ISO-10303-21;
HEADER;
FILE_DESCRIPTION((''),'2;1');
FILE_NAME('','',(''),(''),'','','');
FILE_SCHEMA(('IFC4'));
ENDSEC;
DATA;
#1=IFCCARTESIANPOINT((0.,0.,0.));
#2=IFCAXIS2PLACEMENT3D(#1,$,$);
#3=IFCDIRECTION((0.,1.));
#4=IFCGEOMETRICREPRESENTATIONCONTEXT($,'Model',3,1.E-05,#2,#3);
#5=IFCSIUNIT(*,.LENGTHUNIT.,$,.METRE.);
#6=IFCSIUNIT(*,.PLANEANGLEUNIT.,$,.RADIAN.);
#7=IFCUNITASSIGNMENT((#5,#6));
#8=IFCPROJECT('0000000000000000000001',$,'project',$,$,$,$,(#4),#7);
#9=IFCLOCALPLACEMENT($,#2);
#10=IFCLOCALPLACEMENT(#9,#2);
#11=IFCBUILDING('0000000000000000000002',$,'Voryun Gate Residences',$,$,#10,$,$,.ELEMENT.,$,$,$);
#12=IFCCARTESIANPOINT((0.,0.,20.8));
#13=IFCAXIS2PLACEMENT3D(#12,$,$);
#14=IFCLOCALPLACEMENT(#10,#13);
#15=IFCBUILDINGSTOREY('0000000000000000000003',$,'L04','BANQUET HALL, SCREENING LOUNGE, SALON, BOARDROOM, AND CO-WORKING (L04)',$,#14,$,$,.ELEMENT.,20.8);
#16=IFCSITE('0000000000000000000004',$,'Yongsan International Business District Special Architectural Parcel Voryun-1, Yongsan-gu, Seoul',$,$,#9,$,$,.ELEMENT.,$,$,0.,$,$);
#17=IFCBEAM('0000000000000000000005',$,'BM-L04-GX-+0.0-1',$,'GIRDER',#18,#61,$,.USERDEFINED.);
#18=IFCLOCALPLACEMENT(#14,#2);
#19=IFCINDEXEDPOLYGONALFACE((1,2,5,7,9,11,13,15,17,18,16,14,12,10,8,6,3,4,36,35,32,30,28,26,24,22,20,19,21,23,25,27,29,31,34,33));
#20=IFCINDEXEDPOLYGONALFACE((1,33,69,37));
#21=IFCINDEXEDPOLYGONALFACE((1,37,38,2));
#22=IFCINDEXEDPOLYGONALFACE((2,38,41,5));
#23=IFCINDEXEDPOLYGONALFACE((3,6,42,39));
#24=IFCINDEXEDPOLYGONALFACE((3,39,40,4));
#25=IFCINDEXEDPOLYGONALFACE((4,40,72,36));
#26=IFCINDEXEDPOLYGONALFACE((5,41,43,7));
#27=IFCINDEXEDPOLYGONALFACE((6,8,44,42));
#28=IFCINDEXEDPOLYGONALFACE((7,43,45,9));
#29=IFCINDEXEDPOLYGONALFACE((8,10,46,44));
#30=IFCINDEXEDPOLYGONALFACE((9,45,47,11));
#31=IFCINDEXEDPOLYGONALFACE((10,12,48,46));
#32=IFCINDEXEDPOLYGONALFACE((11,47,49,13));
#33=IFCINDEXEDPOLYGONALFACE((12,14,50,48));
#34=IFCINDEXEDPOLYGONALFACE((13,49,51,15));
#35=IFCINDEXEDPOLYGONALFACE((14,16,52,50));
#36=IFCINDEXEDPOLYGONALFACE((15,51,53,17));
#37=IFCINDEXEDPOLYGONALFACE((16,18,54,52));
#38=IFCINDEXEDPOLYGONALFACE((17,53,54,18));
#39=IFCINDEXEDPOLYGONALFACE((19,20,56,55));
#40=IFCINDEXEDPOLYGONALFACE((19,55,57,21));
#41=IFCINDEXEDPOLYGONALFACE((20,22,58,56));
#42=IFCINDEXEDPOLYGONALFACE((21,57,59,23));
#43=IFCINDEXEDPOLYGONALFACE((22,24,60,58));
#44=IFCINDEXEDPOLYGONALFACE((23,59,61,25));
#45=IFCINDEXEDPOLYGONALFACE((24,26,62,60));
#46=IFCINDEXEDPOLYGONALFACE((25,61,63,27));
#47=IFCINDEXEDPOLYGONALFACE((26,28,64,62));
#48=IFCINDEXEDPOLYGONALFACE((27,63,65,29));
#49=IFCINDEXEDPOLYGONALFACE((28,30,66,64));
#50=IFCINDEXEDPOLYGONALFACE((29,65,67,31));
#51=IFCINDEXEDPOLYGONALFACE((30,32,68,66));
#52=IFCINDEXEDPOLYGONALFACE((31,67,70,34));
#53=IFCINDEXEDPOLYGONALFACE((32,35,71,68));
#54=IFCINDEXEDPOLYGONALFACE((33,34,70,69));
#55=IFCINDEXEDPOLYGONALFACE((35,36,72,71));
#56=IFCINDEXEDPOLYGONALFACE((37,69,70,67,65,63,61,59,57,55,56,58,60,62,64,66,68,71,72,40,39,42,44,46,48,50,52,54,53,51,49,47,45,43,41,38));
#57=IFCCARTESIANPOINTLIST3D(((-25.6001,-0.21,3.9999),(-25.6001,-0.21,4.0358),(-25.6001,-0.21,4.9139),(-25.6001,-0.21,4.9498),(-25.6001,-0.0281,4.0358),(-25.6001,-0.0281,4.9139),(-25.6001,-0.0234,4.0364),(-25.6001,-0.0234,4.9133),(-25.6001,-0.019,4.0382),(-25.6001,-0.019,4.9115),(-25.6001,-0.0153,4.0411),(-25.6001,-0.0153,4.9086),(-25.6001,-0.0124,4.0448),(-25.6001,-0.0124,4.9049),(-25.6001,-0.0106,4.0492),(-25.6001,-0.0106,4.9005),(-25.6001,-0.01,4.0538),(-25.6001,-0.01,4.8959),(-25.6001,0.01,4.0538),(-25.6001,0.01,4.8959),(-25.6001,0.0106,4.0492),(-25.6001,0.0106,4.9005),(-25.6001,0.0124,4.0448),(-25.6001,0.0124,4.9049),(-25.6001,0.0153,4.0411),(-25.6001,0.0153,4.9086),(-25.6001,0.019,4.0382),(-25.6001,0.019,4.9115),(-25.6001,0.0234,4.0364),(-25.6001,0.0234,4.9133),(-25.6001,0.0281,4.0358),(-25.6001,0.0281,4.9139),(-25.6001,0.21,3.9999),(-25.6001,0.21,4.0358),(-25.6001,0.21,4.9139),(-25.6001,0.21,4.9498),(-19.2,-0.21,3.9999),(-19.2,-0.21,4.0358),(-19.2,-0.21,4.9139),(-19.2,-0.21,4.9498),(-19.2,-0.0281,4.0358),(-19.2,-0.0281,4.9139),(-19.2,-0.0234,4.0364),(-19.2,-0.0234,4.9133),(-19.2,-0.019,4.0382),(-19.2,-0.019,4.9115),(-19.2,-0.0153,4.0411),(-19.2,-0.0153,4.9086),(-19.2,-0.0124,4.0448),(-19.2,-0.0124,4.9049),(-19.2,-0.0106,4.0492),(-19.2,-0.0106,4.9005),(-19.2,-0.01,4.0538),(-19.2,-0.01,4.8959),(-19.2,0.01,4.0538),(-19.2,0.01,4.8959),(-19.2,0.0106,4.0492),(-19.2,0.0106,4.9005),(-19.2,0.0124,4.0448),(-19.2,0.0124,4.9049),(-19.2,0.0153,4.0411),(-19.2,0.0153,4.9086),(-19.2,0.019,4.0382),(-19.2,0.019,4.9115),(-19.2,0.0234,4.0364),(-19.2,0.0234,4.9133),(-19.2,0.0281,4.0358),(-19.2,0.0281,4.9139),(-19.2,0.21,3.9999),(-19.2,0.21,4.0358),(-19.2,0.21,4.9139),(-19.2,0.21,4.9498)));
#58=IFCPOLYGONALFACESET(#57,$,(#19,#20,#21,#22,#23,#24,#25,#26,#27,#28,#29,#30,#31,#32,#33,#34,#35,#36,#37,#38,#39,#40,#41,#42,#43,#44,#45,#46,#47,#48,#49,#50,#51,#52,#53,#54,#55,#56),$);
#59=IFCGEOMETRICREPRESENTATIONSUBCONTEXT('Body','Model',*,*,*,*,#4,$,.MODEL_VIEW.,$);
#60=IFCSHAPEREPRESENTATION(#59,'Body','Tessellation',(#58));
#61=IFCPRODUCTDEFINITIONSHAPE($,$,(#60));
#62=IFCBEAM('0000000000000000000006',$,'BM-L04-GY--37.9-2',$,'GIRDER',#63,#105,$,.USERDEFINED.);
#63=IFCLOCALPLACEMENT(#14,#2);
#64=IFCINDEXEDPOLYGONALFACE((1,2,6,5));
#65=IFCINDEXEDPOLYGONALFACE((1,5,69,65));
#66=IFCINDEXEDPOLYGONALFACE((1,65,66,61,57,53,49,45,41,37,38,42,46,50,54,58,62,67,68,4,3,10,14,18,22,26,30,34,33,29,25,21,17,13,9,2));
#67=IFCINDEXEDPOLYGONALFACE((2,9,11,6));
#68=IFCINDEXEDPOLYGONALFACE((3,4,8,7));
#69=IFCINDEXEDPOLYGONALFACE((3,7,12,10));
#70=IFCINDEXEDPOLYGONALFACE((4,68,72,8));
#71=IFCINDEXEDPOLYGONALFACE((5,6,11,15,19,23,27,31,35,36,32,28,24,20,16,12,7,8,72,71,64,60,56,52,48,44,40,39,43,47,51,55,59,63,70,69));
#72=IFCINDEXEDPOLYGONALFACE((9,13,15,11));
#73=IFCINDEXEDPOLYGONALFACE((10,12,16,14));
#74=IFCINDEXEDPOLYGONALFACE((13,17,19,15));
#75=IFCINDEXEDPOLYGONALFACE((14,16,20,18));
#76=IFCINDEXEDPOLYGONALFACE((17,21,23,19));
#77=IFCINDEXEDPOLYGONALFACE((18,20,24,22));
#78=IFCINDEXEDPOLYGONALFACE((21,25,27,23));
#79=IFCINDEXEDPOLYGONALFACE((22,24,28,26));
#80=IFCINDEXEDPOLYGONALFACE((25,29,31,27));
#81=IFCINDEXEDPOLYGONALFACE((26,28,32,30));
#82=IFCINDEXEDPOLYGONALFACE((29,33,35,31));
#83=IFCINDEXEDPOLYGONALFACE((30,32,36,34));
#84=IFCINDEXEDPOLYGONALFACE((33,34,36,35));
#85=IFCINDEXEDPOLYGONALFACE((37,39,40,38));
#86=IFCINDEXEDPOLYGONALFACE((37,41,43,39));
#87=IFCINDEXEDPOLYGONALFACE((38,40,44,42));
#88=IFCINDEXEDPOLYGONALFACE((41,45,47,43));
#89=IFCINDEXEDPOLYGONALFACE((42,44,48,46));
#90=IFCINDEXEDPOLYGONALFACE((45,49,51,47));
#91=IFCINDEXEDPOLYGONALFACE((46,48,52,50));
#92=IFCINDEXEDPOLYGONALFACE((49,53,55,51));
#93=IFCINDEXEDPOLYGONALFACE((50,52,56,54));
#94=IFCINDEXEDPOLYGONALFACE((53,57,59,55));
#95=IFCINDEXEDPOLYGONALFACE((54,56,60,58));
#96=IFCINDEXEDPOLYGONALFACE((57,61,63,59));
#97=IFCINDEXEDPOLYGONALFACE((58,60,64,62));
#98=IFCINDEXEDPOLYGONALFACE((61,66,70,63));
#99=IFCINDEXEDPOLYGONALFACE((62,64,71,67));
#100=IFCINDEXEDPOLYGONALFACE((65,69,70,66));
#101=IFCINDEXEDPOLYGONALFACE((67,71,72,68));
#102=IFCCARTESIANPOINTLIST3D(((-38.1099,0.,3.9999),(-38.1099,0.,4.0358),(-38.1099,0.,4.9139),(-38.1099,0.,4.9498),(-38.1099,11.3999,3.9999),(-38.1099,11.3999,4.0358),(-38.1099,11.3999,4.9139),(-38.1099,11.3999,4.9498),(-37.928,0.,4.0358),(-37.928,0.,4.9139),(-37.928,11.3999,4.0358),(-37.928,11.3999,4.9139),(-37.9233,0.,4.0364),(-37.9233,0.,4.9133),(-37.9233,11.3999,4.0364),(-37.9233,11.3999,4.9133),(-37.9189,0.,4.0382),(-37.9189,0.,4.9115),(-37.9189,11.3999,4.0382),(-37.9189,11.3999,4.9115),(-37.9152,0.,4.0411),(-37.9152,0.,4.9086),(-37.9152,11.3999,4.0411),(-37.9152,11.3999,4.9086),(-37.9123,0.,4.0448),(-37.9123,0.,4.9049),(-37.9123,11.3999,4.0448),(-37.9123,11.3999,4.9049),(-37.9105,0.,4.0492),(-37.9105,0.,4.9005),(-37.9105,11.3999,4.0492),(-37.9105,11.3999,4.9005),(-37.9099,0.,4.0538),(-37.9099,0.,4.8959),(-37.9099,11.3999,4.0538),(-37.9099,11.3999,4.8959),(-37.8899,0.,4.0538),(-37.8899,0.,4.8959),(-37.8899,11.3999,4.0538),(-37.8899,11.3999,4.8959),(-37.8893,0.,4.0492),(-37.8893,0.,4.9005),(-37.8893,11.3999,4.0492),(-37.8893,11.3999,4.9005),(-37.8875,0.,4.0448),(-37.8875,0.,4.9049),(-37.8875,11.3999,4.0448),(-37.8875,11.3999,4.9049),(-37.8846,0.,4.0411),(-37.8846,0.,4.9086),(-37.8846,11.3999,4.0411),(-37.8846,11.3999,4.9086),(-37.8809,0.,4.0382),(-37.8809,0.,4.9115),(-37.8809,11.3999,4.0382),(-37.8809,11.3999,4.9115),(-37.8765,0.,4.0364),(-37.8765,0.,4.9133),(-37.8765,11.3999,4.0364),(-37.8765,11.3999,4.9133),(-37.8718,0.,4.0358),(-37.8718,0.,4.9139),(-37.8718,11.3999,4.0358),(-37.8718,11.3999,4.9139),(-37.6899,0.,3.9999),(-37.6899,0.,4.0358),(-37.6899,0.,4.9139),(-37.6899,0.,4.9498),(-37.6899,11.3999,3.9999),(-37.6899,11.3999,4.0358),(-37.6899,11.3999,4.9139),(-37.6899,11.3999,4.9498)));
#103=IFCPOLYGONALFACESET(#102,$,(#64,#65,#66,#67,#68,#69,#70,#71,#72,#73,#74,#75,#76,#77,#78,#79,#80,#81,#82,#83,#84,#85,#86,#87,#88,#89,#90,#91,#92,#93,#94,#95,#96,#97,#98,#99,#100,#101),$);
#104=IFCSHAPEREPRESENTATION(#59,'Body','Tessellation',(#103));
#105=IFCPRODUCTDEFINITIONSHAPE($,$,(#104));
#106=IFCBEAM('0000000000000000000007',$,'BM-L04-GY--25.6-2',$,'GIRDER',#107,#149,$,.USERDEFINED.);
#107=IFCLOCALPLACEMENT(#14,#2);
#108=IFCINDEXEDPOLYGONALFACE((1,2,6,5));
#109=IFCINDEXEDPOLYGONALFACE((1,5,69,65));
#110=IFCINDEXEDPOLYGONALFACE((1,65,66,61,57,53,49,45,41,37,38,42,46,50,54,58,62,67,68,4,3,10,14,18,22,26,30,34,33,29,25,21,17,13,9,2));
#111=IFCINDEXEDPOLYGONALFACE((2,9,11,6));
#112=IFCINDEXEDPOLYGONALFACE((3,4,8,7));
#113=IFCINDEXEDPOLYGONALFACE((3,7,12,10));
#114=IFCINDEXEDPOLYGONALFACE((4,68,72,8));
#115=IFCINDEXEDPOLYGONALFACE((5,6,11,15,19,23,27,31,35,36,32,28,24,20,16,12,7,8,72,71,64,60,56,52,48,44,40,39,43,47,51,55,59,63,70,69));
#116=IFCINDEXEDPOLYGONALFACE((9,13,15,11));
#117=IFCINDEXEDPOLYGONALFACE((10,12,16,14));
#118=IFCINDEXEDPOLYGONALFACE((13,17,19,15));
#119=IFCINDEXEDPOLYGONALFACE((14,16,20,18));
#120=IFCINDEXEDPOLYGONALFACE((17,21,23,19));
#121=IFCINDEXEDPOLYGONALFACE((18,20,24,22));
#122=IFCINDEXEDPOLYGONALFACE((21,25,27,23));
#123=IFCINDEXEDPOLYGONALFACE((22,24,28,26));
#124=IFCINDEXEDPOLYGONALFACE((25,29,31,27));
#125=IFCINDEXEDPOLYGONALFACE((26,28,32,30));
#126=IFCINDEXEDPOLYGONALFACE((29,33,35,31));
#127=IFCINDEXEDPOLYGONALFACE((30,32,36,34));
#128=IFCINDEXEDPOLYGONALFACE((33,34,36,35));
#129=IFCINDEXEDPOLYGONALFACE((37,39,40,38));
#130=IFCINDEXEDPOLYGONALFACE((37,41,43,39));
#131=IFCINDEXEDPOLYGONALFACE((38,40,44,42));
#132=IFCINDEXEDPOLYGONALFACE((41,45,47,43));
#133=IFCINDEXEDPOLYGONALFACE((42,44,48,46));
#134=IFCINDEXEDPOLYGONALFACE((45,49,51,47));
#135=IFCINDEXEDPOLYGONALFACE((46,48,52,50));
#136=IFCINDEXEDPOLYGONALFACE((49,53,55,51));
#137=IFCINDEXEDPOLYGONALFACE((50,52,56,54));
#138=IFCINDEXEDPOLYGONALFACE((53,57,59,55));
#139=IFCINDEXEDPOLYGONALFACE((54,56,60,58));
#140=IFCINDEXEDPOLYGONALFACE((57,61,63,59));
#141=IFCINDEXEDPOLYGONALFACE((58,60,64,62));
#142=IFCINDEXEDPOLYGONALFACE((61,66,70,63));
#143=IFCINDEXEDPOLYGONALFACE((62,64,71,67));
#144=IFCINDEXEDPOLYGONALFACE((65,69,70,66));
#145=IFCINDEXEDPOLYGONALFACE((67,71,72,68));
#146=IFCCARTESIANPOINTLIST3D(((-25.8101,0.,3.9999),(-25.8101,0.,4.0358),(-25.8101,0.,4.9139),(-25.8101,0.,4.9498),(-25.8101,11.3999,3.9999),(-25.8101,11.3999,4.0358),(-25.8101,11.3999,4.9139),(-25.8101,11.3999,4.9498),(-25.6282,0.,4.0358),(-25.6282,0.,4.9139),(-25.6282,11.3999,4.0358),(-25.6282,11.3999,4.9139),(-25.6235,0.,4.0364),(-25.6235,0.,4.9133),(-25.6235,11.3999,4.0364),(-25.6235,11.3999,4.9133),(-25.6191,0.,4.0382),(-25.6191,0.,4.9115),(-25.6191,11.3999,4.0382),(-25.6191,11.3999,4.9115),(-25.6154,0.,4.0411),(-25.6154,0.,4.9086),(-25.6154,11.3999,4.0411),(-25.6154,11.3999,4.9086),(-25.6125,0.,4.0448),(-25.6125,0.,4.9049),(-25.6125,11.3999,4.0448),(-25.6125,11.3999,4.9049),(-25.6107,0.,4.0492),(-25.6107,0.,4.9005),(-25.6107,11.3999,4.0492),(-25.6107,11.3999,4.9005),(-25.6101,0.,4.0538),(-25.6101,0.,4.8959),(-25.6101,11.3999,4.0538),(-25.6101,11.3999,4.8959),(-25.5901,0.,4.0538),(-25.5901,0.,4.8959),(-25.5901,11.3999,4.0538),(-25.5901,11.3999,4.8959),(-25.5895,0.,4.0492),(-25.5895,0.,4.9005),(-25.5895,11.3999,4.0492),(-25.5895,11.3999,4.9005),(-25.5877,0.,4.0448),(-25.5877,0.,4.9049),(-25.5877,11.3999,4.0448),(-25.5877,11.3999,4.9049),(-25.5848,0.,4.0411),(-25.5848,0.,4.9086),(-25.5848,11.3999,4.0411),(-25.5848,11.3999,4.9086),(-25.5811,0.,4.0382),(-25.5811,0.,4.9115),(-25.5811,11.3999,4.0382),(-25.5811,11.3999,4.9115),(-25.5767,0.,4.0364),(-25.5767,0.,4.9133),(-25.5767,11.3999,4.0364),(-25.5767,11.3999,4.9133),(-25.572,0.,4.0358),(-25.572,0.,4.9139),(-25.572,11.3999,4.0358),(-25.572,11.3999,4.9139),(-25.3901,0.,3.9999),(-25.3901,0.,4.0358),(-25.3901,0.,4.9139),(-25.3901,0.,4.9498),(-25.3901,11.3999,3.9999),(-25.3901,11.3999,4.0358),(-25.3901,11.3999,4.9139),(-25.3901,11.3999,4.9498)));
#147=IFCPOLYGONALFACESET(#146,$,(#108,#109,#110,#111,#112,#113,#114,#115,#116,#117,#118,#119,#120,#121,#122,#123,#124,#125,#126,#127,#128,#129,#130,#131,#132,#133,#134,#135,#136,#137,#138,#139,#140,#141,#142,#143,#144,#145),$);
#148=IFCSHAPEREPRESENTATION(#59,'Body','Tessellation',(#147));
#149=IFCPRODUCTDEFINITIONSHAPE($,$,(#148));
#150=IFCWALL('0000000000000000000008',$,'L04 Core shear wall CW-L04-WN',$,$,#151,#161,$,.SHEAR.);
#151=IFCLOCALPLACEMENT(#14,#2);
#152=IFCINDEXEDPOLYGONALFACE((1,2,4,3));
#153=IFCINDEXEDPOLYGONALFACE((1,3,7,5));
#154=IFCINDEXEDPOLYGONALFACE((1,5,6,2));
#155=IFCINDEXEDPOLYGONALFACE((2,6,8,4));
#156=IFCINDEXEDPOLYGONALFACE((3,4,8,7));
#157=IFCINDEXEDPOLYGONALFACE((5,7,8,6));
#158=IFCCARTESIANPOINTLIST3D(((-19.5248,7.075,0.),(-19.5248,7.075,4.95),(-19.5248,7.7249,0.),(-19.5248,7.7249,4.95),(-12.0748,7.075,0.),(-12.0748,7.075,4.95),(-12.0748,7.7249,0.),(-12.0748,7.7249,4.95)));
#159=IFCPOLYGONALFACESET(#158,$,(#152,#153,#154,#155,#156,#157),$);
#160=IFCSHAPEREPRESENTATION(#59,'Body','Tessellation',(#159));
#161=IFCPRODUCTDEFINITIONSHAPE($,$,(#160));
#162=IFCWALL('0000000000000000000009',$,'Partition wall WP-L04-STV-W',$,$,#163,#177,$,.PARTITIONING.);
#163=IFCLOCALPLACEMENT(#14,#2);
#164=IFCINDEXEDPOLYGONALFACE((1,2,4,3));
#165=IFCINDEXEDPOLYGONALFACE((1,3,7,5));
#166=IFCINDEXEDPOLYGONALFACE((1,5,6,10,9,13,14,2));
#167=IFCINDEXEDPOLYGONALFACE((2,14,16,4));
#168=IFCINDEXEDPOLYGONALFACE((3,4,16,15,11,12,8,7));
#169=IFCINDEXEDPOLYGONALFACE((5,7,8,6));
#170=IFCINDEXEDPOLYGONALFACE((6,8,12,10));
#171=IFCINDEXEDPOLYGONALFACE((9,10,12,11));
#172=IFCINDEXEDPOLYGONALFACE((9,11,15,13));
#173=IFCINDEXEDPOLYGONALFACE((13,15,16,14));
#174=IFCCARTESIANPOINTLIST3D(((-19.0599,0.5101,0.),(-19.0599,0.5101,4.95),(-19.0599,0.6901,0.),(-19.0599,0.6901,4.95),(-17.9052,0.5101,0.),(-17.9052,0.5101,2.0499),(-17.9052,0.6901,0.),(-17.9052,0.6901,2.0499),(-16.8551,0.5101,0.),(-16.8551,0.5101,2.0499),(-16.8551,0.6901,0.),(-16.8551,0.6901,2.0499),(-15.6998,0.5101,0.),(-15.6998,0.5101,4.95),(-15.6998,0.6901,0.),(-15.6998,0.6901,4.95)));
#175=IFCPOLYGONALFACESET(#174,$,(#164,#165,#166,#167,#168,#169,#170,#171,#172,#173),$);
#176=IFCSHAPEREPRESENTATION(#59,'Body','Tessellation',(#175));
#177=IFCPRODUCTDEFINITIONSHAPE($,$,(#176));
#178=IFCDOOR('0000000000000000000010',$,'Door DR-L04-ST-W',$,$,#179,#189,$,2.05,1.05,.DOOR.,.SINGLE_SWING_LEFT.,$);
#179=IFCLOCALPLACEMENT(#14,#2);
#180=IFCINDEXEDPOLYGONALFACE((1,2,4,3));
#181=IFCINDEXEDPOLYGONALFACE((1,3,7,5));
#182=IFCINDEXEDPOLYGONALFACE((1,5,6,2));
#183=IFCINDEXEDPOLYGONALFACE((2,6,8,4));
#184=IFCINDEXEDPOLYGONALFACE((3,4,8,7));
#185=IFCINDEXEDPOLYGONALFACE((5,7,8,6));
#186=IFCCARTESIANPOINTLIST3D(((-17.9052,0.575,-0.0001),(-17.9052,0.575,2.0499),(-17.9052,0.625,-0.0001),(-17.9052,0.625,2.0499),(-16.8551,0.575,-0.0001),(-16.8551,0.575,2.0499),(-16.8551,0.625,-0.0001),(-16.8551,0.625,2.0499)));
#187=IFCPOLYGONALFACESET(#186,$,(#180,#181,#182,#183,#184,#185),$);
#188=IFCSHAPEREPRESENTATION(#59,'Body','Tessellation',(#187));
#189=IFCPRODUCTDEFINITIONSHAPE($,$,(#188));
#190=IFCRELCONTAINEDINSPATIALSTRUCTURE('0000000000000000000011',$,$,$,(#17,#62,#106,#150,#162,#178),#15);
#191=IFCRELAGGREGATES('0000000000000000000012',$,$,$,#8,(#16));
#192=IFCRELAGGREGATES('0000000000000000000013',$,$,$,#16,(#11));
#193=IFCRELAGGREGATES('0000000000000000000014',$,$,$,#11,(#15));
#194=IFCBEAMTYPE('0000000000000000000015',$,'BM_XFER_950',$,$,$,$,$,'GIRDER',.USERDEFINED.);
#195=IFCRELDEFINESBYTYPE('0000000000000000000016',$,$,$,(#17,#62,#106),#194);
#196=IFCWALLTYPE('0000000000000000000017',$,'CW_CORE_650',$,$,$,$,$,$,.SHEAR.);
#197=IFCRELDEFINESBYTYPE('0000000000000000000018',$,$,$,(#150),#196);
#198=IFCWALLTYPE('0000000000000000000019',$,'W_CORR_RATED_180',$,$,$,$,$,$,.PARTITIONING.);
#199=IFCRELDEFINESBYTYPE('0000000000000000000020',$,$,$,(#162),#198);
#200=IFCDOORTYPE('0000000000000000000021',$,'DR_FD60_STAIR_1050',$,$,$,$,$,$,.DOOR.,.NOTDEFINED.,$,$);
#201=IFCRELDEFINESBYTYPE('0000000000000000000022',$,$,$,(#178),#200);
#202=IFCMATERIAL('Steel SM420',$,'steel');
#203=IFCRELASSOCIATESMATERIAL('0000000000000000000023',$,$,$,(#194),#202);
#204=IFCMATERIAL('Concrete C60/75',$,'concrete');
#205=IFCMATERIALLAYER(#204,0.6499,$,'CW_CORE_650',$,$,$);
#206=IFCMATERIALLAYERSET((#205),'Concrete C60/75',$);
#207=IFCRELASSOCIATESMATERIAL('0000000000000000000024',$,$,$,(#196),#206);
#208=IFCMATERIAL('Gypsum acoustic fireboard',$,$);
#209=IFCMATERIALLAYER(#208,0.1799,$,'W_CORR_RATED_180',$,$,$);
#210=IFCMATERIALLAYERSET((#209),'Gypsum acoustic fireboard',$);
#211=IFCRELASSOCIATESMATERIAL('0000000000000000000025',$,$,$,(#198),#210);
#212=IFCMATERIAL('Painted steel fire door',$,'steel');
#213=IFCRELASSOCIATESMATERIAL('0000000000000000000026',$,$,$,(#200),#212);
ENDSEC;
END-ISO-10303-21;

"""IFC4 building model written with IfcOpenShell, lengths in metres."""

from ifc_helpers import new_model, si_unit, direction, frame, frame_2d, origin, origin_2d, place, context, subcontext, project, spatial, rectangle, i_section, extrude, material, layer, layer_set, material_profile, profile_set, type_object, element, fill, save


model = new_model("IFC4")

# Units and contexts
model_context = context("Model", 3, precision=1e-05, world=origin(), true_north=direction((0.0, 1.0)))
body_context = subcontext(model_context, "Body", "Model", "MODEL_VIEW")
ifc_project = project(units=[si_unit("LENGTHUNIT", "METRE"), si_unit("PLANEANGLEUNIT", "RADIAN")], contexts=[model_context])

# Site, building, storey
site_placement = place(None, origin())
site = spatial("IfcSite", under=ifc_project, at=site_placement, Name="Yongsan International Business District Special Architectural Parcel Voryun-1, Yongsan-gu, Seoul", CompositionType="ELEMENT", RefElevation=0.0)
building_placement = place(site_placement, origin())
building = spatial("IfcBuilding", under=site, at=building_placement, Name="Voryun Gate Residences", CompositionType="ELEMENT")
storey_placement = place(building_placement, frame((0.0, 0.0, 20.8)))
storey = spatial("IfcBuildingStorey", under=building, at=storey_placement, Name="L04", Description="BANQUET HALL, SCREENING LOUNGE, SALON, BOARDROOM, AND CO-WORKING (L04)", CompositionType="ELEMENT", Elevation=20.8)

# Beams
ifc_material_1 = material(Name="Steel SM420", Category="steel")
ifc_material_profile_1 = material_profile(ifc_material_1, i_section(OverallWidth=0.4199, OverallDepth=0.95, WebThickness=0.02, FlangeThickness=0.0359, FilletRadius=0.0181, at=origin_2d()), Name="H-950x420x20x36")
ifc_profile_set_1 = profile_set([ifc_material_profile_1], Name="Steel SM420")
beam_type_1 = type_object("IfcBeamType", Name="BM_XFER_950", ElementType="GIRDER", PredefinedType="USERDEFINED", material=ifc_profile_set_1)
beam_1_placement = place(storey_placement, frame((-25.6001, 0.0, 4.4749), z_axis=(1.0, 0.0, 0.0), x_axis=(0.0, 1.0, 0.0)))
element("IfcBeam", 1, at=beam_1_placement, inside=storey, type_object=beam_type_1, Name="BM-L04-GX-+0.0-1", ObjectType="GIRDER", PredefinedType="USERDEFINED", context=body_context, shape_type="SweptSolid", body=[
    extrude(i_section(OverallWidth=0.4199, OverallDepth=0.95, WebThickness=0.02, FlangeThickness=0.0359, FilletRadius=0.0181, at=origin_2d()), origin(), (0.0, 0.0, 1.0), 6.4001),
])
for number, where, z_axis, x_axis, name in (
    (2, (-37.8999, 0.0, 4.4749), (0.0, 1.0, 0.0), (-1.0, 0.0, 0.0), "BM-L04-GY--37.9-2"),
    (3, (-25.6001, 0.0, 4.4749), (0.0, 1.0, 0.0), (-1.0, 0.0, 0.0), "BM-L04-GY--25.6-2"),
):
    element("IfcBeam", number, at=place(storey_placement, frame(where, z_axis=z_axis, x_axis=x_axis)), inside=storey, type_object=beam_type_1, Name=name, ObjectType="GIRDER", PredefinedType="USERDEFINED", context=body_context, shape_type="SweptSolid", body=[
        extrude(i_section(OverallWidth=0.4199, OverallDepth=0.95, WebThickness=0.02, FlangeThickness=0.0359, FilletRadius=0.0181, at=origin_2d()), origin(), (0.0, 0.0, 1.0), 11.3999),
    ])

# Wall
ifc_material_2 = material(Name="Concrete C60/75", Category="concrete")
ifc_layer_1 = layer(ifc_material_2, 0.6499, Name="CW_CORE_650")
ifc_layer_set_1 = layer_set([ifc_layer_1], Name="Concrete C60/75")
wall_type_1 = type_object("IfcWallType", Name="CW_CORE_650", PredefinedType="SHEAR", material=ifc_layer_set_1)
wall_1_placement = place(storey_placement, frame((-19.5249, 7.3999, 0.0), z_axis=(0.0, 0.0, 1.0), x_axis=(1.0, 0.0, 0.0)))
element("IfcWall", 4, at=wall_1_placement, inside=storey, type_object=wall_type_1, Name="L04 Core shear wall CW-L04-WN", PredefinedType="SHEAR", context=body_context, shape_type="SweptSolid", body=[
    extrude(rectangle(XDim=7.45, YDim=0.6499, at=frame_2d((3.7251, 0.0))), origin(), (0.0, 0.0, 1.0), 4.95),
])

# Wall, opening, door
ifc_material_3 = material(Name="Gypsum acoustic fireboard")
ifc_layer_2 = layer(ifc_material_3, 0.1799, Name="W_CORR_RATED_180")
ifc_layer_set_2 = layer_set([ifc_layer_2], Name="Gypsum acoustic fireboard")
wall_type_2 = type_object("IfcWallType", Name="W_CORR_RATED_180", PredefinedType="PARTITIONING", material=ifc_layer_set_2)
wall_2_placement = place(storey_placement, frame((-19.0601, 0.6001, 0.0), z_axis=(0.0, 0.0, 1.0), x_axis=(1.0, 0.0, 0.0)))
wall_2 = element("IfcWall", 5, at=wall_2_placement, inside=storey, type_object=wall_type_2, Name="Partition wall WP-L04-STV-W", PredefinedType="PARTITIONING", context=body_context, shape_type="SweptSolid", body=[
    extrude(rectangle(XDim=3.3601, YDim=0.1799, at=frame_2d((1.6802, 0.0))), origin(), (0.0, 0.0, 1.0), 4.95),
])
opening_1_placement = place(wall_2_placement, frame((1.155, 0.0, 0.0)))
opening_1 = element("IfcOpeningElement", 6, at=opening_1_placement, cuts=wall_2, PredefinedType="OPENING", context=body_context, shape_type="SweptSolid", body=[
    extrude(rectangle(XDim=1.05, YDim=2.05, at=frame_2d((0.5249, 1.0249))), frame((0.0, 0.0999, 0.0), z_axis=(0.0, -1.0, 0.0), x_axis=(1.0, 0.0, 0.0)), (0.0, 0.0, 1.0), 0.2),
])
ifc_material_4 = material(Name="Painted steel fire door", Category="steel")
door_type_1 = type_object("IfcDoorType", Name="DR_FD60_STAIR_1050", OperationType="NOTDEFINED", PredefinedType="DOOR", material=ifc_material_4)
door_1_placement = place(opening_1_placement, origin())
door_1 = element("IfcDoor", 7, at=door_1_placement, inside=storey, type_object=door_type_1, Name="Door DR-L04-ST-W", OperationType="SINGLE_SWING_LEFT", OverallHeight=2.05, OverallWidth=1.05, PredefinedType="DOOR", context=body_context, shape_type="SweptSolid", body=[
    extrude(rectangle(XDim=1.05, YDim=2.05, at=frame_2d((0.5249, 1.0249))), frame((0.0, 0.0249, 0.0), z_axis=(0.0, -1.0, 0.0), x_axis=(1.0, 0.0, 0.0)), (0.0, 0.0, 1.0), 0.05),
])
fill(opening_1, door_1)

save(model, "model.ifc")
